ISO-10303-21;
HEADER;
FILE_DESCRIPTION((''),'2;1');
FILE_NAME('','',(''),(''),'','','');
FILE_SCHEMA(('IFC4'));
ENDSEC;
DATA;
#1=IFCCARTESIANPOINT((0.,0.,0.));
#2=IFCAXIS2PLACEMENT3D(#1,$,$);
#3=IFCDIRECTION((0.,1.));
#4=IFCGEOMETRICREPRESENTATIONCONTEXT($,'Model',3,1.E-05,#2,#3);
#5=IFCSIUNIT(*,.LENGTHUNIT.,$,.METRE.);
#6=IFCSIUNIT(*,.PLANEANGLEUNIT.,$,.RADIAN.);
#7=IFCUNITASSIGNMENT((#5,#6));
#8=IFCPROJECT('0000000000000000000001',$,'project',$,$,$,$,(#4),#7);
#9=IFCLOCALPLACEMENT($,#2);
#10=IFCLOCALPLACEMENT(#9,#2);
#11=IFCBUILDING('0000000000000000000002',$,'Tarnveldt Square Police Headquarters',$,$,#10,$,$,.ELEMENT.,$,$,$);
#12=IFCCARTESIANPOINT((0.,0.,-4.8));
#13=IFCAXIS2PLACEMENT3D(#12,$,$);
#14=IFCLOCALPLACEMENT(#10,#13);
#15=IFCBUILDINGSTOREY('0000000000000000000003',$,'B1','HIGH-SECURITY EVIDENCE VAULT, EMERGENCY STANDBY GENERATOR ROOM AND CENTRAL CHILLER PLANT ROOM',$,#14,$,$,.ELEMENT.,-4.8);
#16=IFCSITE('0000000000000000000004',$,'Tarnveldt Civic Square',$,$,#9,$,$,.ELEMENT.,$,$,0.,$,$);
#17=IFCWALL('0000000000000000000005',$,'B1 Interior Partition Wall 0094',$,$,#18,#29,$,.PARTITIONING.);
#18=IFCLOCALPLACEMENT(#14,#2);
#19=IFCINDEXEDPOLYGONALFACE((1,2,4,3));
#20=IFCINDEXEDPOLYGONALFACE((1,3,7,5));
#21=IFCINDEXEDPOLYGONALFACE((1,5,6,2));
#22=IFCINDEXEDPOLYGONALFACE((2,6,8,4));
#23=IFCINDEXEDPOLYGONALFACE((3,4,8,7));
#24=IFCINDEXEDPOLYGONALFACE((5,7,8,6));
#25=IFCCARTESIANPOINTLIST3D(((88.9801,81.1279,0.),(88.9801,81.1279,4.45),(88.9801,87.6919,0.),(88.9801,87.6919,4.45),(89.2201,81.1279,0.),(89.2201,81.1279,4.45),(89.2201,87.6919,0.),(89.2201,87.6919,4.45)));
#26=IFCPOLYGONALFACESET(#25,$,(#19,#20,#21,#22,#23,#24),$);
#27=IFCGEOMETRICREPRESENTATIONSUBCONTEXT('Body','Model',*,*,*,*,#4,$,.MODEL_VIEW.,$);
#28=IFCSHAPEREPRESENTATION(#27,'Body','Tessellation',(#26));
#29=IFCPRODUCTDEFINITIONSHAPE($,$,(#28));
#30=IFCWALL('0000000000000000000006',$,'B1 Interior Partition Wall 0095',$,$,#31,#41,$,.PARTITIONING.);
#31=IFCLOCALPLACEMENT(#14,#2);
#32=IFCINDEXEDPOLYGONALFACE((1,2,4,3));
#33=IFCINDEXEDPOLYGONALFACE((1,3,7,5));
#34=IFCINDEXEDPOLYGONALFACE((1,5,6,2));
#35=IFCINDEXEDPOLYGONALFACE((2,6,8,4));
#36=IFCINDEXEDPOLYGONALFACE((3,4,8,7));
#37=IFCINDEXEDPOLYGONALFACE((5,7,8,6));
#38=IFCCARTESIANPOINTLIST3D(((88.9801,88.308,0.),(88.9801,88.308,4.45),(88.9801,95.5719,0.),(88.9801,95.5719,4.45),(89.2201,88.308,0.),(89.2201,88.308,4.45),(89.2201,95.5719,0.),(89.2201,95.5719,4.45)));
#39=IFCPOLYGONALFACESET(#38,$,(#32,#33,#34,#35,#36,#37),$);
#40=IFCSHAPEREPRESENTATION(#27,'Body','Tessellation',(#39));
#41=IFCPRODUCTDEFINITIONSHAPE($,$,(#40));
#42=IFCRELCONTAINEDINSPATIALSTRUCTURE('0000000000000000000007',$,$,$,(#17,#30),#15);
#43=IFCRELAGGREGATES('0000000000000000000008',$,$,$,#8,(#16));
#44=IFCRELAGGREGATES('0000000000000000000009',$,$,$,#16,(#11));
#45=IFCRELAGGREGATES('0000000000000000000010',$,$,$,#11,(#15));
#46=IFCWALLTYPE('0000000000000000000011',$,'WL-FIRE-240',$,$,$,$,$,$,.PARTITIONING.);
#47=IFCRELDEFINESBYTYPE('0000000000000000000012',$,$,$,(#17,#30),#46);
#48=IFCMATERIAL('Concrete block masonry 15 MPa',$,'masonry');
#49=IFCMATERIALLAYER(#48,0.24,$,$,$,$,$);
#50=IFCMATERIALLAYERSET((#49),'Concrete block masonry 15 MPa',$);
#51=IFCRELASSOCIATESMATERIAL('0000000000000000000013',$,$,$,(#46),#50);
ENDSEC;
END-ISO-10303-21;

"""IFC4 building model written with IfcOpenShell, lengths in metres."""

from ifc_helpers import new_model, si_unit, direction, frame, frame_2d, origin, place, context, subcontext, project, spatial, rectangle, extrude, material, layer, layer_set, type_object, element, save


model = new_model("IFC4")

# Units and contexts
model_context = context("Model", 3, precision=1e-05, world=origin(), true_north=direction((0.0, 1.0)))
body_context = subcontext(model_context, "Body", "Model", "MODEL_VIEW")
ifc_project = project(units=[si_unit("LENGTHUNIT", "METRE"), si_unit("PLANEANGLEUNIT", "RADIAN")], contexts=[model_context])

# Site, building, storey
site_placement = place(None, origin())
site = spatial("IfcSite", under=ifc_project, at=site_placement, Name="Tarnveldt Civic Square", CompositionType="ELEMENT", RefElevation=0.0)
building_placement = place(site_placement, origin())
building = spatial("IfcBuilding", under=site, at=building_placement, Name="Tarnveldt Square Police Headquarters", CompositionType="ELEMENT")
storey_placement = place(building_placement, frame((0.0, 0.0, -4.8)))
storey = spatial("IfcBuildingStorey", under=building, at=storey_placement, Name="B1", Description="HIGH-SECURITY EVIDENCE VAULT, EMERGENCY STANDBY GENERATOR ROOM AND CENTRAL CHILLER PLANT ROOM", CompositionType="ELEMENT", Elevation=-4.8)

# Shared definitions
ifc_material_1 = material(Name="Concrete block masonry 15 MPa", Category="masonry")
ifc_layer = layer(ifc_material_1, 0.24)
ifc_layer_set = layer_set([ifc_layer], Name="Concrete block masonry 15 MPa")
wall_type = type_object("IfcWallType", Name="WL-FIRE-240", PredefinedType="PARTITIONING", material=ifc_layer_set)

# Walls
wall_1_placement = place(storey_placement, frame((89.1001, 81.1279, 0.0), z_axis=(0.0, 0.0, 1.0), x_axis=(0.0, 1.0, 0.0)))
element("IfcWall", 1, at=wall_1_placement, inside=storey, type_object=wall_type, Name="B1 Interior Partition Wall 0094", PredefinedType="PARTITIONING", context=body_context, shape_type="SweptSolid", body=[
    extrude(rectangle(XDim=6.564, YDim=0.24, at=frame_2d((3.282, 0.0))), origin(), (0.0, 0.0, 1.0), 4.45),
])
wall_2_placement = place(storey_placement, frame((89.1001, 88.3081, 0.0), z_axis=(0.0, 0.0, 1.0), x_axis=(0.0, 1.0, 0.0)))
element("IfcWall", 2, at=wall_2_placement, inside=storey, type_object=wall_type, Name="B1 Interior Partition Wall 0095", PredefinedType="PARTITIONING", context=body_context, shape_type="SweptSolid", body=[
    extrude(rectangle(XDim=7.2639, YDim=0.24, at=frame_2d((3.6318, 0.0))), origin(), (0.0, 0.0, 1.0), 4.45),
])

save(model, "model.ifc")
